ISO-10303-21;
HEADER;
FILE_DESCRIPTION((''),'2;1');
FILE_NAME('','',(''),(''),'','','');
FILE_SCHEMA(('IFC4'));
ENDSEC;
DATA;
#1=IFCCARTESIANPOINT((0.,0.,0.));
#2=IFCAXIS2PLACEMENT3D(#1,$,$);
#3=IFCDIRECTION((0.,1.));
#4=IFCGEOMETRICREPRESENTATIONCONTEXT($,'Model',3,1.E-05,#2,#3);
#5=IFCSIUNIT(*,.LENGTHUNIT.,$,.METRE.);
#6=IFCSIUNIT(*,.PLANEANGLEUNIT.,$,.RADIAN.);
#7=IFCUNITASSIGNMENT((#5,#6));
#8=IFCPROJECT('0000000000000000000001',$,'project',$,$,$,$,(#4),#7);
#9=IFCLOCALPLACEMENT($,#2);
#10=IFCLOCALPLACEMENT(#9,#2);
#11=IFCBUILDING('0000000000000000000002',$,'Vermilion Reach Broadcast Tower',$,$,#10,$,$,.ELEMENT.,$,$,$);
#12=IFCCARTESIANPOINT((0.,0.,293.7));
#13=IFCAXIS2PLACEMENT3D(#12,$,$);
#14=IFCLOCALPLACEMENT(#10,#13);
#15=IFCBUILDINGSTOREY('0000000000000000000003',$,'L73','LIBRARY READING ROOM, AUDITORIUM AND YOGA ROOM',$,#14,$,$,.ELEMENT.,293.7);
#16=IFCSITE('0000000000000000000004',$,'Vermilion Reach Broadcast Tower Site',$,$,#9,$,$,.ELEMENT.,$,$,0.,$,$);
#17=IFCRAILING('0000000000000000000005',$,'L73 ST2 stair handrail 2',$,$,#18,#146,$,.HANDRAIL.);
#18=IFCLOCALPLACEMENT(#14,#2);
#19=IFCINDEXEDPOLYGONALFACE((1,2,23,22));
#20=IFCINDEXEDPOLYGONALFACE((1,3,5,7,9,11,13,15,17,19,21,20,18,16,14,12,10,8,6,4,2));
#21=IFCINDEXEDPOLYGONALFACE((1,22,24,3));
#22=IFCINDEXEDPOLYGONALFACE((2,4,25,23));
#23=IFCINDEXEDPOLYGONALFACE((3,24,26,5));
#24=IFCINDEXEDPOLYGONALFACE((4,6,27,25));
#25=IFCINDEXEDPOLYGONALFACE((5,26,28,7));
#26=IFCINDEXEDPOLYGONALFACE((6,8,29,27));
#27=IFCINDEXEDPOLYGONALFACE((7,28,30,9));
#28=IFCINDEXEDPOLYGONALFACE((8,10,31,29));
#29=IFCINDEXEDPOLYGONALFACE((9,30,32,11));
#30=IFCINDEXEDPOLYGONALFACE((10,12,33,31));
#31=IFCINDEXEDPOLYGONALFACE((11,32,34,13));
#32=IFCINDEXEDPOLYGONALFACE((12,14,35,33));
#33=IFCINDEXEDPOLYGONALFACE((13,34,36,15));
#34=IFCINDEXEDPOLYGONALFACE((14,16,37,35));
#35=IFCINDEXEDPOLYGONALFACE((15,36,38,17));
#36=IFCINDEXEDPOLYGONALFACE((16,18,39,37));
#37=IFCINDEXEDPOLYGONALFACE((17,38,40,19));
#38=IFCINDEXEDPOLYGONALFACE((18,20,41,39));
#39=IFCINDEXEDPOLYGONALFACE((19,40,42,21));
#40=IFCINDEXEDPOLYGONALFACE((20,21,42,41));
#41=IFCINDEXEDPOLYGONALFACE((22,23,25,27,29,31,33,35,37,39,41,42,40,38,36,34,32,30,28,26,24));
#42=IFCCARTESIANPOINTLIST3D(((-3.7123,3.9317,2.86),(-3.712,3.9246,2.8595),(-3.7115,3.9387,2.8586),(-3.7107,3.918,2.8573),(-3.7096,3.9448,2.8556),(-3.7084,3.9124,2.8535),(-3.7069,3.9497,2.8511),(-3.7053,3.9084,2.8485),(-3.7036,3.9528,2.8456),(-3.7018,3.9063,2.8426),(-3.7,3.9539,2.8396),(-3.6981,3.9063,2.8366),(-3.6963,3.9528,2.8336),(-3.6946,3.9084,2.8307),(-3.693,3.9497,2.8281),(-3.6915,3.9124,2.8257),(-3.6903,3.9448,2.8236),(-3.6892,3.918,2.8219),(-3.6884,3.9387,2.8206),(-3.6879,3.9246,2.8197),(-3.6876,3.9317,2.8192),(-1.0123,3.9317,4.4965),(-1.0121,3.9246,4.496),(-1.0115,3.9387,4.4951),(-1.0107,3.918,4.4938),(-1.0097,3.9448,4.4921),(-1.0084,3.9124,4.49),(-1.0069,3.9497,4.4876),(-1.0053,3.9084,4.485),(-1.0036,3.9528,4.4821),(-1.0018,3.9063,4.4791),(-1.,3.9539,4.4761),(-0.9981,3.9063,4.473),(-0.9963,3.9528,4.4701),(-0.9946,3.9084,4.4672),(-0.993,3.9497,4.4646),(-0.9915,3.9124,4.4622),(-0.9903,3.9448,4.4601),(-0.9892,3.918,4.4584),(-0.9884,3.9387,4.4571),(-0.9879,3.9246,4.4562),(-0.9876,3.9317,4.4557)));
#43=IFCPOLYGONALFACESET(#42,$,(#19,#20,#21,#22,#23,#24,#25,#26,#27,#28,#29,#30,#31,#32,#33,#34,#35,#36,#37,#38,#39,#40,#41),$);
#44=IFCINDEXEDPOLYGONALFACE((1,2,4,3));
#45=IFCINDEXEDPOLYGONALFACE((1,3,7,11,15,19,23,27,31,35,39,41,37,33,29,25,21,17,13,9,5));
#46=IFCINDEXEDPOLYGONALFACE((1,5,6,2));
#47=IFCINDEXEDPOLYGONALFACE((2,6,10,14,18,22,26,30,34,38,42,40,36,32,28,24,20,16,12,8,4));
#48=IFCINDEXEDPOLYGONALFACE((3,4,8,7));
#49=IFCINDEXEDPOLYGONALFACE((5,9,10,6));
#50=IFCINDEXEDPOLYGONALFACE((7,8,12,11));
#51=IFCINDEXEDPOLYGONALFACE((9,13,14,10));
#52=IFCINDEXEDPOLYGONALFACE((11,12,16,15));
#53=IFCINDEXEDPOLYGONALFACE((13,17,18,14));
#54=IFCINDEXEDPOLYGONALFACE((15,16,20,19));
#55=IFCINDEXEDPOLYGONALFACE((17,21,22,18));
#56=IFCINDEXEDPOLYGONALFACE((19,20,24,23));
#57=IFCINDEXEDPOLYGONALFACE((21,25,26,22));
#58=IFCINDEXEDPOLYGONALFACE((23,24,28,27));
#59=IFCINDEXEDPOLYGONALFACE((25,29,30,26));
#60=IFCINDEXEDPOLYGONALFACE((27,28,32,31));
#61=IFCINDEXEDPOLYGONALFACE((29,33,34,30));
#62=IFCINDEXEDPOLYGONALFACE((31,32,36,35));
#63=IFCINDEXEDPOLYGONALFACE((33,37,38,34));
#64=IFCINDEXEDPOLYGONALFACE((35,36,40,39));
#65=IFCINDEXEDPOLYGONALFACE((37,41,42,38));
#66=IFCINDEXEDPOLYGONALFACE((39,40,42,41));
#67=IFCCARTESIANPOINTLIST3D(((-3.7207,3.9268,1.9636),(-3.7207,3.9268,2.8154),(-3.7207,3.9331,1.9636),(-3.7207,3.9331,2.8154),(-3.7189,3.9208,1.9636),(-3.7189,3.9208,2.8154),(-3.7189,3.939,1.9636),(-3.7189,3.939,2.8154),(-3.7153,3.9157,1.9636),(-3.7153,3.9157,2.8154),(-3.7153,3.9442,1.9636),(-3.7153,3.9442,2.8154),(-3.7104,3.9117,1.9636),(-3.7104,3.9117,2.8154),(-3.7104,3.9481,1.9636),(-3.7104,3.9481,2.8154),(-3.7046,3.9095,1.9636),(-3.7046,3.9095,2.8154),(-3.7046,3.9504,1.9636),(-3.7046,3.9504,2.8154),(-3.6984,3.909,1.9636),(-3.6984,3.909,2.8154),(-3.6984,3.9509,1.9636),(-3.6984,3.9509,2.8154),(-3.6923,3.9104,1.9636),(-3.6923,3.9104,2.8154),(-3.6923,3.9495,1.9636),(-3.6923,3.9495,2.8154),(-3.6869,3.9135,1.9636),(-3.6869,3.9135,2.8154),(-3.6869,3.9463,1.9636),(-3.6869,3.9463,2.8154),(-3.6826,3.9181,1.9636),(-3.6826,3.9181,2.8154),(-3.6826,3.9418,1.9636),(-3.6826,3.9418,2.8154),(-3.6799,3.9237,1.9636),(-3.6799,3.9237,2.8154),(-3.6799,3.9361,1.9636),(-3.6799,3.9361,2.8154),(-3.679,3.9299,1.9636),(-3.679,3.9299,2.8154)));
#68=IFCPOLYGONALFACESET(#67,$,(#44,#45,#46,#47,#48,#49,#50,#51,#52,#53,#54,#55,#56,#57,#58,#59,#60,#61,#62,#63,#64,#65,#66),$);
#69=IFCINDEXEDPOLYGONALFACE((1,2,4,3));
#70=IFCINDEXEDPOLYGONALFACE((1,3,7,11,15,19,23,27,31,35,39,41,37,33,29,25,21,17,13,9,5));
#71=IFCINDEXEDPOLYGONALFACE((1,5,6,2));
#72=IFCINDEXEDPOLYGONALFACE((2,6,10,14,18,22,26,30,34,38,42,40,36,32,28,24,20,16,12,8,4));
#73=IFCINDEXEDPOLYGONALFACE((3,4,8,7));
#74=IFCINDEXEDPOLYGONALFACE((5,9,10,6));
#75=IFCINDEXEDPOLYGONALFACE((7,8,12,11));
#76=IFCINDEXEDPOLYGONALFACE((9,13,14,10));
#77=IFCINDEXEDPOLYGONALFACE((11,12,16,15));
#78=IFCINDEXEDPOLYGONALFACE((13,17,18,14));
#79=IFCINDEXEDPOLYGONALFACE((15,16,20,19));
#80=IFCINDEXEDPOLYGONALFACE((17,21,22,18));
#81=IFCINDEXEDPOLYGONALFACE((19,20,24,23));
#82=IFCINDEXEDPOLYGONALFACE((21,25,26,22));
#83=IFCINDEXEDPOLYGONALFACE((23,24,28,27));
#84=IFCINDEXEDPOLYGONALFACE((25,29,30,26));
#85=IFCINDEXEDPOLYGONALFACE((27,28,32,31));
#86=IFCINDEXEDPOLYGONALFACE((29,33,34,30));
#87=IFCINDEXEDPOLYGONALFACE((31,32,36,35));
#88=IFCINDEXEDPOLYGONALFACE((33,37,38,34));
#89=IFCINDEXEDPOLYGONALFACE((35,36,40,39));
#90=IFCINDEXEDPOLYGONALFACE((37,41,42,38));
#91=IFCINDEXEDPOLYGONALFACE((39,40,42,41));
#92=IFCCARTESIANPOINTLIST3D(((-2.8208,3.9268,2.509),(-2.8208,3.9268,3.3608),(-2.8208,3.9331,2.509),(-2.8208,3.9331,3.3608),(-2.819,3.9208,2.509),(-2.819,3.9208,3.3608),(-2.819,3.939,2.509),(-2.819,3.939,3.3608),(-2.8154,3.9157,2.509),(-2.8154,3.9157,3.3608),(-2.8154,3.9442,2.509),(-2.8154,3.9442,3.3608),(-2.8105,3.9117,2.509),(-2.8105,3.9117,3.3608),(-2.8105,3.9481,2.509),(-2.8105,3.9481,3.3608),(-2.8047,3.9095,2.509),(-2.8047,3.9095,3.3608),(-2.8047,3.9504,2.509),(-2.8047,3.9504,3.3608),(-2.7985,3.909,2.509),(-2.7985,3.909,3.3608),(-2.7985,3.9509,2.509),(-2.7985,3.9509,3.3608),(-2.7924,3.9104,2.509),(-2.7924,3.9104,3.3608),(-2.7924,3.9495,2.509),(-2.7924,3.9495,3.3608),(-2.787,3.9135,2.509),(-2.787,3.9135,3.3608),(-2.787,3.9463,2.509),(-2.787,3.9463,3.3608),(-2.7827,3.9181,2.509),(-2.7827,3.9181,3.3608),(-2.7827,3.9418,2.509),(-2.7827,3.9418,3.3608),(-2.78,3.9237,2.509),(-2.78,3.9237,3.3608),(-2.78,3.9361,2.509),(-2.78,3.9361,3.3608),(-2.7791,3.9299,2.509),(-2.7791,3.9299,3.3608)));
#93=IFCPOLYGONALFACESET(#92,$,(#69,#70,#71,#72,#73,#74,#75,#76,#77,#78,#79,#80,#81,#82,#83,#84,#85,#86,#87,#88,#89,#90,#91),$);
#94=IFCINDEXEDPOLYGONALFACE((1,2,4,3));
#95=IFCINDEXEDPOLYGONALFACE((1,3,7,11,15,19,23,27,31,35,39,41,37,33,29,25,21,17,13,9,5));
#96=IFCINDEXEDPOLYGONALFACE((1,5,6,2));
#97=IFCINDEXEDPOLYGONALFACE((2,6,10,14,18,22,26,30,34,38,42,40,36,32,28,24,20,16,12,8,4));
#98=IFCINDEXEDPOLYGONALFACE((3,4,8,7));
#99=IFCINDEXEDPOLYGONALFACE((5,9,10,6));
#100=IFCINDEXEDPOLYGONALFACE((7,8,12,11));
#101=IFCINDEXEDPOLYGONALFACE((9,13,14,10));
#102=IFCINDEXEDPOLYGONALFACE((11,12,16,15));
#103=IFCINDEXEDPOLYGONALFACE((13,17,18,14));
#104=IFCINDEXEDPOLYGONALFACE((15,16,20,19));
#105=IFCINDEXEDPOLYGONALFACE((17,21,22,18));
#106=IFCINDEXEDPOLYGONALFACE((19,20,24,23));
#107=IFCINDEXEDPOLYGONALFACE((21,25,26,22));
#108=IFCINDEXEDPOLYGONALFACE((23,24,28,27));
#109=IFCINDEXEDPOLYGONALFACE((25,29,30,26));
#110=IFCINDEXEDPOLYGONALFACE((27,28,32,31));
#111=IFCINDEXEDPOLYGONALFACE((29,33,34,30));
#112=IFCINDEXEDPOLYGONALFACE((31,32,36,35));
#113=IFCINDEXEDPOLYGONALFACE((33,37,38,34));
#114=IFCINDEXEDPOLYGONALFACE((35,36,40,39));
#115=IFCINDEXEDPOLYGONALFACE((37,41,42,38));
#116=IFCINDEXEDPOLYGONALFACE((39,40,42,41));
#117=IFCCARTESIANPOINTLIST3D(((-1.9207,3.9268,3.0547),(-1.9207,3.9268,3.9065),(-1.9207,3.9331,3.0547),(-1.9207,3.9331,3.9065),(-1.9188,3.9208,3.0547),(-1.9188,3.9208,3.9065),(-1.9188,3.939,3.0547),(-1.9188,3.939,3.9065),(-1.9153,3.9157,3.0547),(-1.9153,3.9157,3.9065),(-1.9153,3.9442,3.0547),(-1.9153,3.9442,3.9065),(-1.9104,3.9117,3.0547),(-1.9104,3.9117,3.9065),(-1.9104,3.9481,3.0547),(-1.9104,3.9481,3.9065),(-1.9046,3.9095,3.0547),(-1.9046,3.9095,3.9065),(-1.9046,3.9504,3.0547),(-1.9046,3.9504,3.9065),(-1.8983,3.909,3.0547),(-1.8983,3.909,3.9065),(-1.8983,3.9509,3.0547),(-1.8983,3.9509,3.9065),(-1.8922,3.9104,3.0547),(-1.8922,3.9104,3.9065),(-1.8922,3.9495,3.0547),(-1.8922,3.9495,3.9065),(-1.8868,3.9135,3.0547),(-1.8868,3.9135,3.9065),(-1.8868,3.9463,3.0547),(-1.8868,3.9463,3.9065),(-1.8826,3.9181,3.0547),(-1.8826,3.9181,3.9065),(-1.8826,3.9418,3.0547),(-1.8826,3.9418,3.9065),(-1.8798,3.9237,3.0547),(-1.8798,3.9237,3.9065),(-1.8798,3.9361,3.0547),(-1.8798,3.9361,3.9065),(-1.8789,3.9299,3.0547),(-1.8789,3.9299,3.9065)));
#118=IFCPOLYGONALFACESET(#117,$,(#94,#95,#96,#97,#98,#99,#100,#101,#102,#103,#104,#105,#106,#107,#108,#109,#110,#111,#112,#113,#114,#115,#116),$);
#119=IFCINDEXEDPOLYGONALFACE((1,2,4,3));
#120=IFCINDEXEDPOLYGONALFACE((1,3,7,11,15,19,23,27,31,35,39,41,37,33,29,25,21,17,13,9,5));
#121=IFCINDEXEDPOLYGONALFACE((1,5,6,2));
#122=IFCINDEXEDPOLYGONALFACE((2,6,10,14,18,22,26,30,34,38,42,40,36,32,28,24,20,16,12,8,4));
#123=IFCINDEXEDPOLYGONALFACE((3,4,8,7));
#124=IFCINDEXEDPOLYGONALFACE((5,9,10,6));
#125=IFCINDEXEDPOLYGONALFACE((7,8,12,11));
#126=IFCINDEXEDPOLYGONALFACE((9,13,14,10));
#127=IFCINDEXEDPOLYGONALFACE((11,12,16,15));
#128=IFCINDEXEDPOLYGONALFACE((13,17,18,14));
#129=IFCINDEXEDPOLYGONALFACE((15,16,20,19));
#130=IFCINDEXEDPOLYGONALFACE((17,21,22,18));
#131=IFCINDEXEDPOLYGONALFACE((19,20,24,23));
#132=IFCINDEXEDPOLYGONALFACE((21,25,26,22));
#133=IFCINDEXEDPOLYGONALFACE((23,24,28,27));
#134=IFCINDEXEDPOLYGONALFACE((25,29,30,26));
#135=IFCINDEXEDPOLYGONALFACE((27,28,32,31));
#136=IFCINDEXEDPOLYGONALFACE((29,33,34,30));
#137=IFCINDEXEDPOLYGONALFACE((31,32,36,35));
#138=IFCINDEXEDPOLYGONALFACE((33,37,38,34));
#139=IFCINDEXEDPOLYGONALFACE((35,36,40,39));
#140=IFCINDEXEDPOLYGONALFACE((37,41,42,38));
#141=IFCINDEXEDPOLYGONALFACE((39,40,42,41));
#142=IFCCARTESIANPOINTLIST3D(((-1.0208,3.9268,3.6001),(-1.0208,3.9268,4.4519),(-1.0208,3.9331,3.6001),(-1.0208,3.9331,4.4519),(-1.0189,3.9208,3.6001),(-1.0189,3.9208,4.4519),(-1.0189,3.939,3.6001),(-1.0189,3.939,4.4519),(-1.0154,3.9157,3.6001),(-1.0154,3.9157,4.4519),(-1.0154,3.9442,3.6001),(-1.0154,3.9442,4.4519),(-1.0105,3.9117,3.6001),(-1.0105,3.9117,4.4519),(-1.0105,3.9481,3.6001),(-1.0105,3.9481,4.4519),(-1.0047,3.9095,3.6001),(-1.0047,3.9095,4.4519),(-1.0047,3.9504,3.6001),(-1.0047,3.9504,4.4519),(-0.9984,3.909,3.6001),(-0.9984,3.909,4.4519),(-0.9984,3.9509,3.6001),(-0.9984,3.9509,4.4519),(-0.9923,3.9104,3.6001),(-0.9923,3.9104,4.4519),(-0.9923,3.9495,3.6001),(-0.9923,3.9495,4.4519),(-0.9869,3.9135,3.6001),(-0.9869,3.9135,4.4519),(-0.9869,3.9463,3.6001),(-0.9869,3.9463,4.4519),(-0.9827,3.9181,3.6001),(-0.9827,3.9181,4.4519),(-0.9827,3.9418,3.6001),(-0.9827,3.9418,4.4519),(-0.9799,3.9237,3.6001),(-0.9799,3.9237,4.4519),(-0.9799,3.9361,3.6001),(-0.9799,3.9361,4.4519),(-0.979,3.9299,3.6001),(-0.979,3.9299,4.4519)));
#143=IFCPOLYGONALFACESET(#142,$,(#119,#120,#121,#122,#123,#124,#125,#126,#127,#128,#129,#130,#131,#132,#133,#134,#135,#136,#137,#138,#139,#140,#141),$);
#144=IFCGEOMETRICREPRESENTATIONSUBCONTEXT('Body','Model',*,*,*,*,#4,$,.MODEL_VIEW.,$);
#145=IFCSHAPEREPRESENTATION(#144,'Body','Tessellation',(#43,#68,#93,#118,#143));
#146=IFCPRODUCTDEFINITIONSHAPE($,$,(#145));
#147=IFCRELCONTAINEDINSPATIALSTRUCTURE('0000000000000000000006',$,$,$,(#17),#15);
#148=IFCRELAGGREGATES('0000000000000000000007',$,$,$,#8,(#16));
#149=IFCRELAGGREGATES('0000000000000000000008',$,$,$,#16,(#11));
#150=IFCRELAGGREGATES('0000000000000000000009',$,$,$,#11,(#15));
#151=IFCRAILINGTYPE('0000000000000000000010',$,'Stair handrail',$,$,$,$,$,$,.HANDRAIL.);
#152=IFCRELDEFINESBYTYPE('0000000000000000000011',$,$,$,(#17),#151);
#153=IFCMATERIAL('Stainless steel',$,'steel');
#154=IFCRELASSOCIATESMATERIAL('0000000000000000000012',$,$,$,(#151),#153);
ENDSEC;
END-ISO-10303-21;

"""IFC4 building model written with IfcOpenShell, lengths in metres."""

from ifc_helpers import new_model, si_unit, direction, frame, origin, origin_2d, place, context, subcontext, project, spatial, circle, extrude, material, type_object, element, save


model = new_model("IFC4")

# Units and contexts
model_context = context("Model", 3, precision=1e-05, world=origin(), true_north=direction((0.0, 1.0)))
body_context = subcontext(model_context, "Body", "Model", "MODEL_VIEW")
ifc_project = project(units=[si_unit("LENGTHUNIT", "METRE"), si_unit("PLANEANGLEUNIT", "RADIAN")], contexts=[model_context])

# Site, building, storey
site_placement = place(None, origin())
site = spatial("IfcSite", under=ifc_project, at=site_placement, Name="Vermilion Reach Broadcast Tower Site", CompositionType="ELEMENT", RefElevation=0.0)
building_placement = place(site_placement, origin())
building = spatial("IfcBuilding", under=site, at=building_placement, Name="Vermilion Reach Broadcast Tower", CompositionType="ELEMENT")
storey_placement = place(building_placement, frame((0.0, 0.0, 293.7)))
storey = spatial("IfcBuildingStorey", under=building, at=storey_placement, Name="L73", Description="LIBRARY READING ROOM, AUDITORIUM AND YOGA ROOM", CompositionType="ELEMENT", Elevation=293.7)

# Railing
ifc_material_1 = material(Name="Stainless steel", Category="steel")
railing_type_1 = type_object("IfcRailingType", Name="Stair handrail", PredefinedType="HANDRAIL", material=ifc_material_1)
railing_1_placement = place(storey_placement, frame((-3.7, 3.9299, 1.9636)))
element("IfcRailing", 1, at=railing_1_placement, inside=storey, type_object=railing_type_1, Name="L73 ST2 stair handrail 2", PredefinedType="HANDRAIL", context=body_context, shape_type="SweptSolid", body=[
    extrude(circle(Radius=0.0239, at=origin_2d()), frame((0.0, 0.0, 0.876), z_axis=(0.855178, 0.0, 0.518334), x_axis=(0.0, 1.0, 0.0)), (0.0, 0.0, 1.0), 3.1572),
    extrude(circle(Radius=0.021, at=origin_2d()), origin(), (0.0, 0.0, 1.0), 0.8518),
    extrude(circle(Radius=0.021, at=origin_2d()), frame((0.8999, 0.0, 0.5454)), (0.0, 0.0, 1.0), 0.8518),
    extrude(circle(Radius=0.021, at=origin_2d()), frame((1.8, 0.0, 1.0911)), (0.0, 0.0, 1.0), 0.8518),
    extrude(circle(Radius=0.021, at=origin_2d()), frame((2.7, 0.0, 1.6365)), (0.0, 0.0, 1.0), 0.8518),
])

save(model, "model.ifc")
